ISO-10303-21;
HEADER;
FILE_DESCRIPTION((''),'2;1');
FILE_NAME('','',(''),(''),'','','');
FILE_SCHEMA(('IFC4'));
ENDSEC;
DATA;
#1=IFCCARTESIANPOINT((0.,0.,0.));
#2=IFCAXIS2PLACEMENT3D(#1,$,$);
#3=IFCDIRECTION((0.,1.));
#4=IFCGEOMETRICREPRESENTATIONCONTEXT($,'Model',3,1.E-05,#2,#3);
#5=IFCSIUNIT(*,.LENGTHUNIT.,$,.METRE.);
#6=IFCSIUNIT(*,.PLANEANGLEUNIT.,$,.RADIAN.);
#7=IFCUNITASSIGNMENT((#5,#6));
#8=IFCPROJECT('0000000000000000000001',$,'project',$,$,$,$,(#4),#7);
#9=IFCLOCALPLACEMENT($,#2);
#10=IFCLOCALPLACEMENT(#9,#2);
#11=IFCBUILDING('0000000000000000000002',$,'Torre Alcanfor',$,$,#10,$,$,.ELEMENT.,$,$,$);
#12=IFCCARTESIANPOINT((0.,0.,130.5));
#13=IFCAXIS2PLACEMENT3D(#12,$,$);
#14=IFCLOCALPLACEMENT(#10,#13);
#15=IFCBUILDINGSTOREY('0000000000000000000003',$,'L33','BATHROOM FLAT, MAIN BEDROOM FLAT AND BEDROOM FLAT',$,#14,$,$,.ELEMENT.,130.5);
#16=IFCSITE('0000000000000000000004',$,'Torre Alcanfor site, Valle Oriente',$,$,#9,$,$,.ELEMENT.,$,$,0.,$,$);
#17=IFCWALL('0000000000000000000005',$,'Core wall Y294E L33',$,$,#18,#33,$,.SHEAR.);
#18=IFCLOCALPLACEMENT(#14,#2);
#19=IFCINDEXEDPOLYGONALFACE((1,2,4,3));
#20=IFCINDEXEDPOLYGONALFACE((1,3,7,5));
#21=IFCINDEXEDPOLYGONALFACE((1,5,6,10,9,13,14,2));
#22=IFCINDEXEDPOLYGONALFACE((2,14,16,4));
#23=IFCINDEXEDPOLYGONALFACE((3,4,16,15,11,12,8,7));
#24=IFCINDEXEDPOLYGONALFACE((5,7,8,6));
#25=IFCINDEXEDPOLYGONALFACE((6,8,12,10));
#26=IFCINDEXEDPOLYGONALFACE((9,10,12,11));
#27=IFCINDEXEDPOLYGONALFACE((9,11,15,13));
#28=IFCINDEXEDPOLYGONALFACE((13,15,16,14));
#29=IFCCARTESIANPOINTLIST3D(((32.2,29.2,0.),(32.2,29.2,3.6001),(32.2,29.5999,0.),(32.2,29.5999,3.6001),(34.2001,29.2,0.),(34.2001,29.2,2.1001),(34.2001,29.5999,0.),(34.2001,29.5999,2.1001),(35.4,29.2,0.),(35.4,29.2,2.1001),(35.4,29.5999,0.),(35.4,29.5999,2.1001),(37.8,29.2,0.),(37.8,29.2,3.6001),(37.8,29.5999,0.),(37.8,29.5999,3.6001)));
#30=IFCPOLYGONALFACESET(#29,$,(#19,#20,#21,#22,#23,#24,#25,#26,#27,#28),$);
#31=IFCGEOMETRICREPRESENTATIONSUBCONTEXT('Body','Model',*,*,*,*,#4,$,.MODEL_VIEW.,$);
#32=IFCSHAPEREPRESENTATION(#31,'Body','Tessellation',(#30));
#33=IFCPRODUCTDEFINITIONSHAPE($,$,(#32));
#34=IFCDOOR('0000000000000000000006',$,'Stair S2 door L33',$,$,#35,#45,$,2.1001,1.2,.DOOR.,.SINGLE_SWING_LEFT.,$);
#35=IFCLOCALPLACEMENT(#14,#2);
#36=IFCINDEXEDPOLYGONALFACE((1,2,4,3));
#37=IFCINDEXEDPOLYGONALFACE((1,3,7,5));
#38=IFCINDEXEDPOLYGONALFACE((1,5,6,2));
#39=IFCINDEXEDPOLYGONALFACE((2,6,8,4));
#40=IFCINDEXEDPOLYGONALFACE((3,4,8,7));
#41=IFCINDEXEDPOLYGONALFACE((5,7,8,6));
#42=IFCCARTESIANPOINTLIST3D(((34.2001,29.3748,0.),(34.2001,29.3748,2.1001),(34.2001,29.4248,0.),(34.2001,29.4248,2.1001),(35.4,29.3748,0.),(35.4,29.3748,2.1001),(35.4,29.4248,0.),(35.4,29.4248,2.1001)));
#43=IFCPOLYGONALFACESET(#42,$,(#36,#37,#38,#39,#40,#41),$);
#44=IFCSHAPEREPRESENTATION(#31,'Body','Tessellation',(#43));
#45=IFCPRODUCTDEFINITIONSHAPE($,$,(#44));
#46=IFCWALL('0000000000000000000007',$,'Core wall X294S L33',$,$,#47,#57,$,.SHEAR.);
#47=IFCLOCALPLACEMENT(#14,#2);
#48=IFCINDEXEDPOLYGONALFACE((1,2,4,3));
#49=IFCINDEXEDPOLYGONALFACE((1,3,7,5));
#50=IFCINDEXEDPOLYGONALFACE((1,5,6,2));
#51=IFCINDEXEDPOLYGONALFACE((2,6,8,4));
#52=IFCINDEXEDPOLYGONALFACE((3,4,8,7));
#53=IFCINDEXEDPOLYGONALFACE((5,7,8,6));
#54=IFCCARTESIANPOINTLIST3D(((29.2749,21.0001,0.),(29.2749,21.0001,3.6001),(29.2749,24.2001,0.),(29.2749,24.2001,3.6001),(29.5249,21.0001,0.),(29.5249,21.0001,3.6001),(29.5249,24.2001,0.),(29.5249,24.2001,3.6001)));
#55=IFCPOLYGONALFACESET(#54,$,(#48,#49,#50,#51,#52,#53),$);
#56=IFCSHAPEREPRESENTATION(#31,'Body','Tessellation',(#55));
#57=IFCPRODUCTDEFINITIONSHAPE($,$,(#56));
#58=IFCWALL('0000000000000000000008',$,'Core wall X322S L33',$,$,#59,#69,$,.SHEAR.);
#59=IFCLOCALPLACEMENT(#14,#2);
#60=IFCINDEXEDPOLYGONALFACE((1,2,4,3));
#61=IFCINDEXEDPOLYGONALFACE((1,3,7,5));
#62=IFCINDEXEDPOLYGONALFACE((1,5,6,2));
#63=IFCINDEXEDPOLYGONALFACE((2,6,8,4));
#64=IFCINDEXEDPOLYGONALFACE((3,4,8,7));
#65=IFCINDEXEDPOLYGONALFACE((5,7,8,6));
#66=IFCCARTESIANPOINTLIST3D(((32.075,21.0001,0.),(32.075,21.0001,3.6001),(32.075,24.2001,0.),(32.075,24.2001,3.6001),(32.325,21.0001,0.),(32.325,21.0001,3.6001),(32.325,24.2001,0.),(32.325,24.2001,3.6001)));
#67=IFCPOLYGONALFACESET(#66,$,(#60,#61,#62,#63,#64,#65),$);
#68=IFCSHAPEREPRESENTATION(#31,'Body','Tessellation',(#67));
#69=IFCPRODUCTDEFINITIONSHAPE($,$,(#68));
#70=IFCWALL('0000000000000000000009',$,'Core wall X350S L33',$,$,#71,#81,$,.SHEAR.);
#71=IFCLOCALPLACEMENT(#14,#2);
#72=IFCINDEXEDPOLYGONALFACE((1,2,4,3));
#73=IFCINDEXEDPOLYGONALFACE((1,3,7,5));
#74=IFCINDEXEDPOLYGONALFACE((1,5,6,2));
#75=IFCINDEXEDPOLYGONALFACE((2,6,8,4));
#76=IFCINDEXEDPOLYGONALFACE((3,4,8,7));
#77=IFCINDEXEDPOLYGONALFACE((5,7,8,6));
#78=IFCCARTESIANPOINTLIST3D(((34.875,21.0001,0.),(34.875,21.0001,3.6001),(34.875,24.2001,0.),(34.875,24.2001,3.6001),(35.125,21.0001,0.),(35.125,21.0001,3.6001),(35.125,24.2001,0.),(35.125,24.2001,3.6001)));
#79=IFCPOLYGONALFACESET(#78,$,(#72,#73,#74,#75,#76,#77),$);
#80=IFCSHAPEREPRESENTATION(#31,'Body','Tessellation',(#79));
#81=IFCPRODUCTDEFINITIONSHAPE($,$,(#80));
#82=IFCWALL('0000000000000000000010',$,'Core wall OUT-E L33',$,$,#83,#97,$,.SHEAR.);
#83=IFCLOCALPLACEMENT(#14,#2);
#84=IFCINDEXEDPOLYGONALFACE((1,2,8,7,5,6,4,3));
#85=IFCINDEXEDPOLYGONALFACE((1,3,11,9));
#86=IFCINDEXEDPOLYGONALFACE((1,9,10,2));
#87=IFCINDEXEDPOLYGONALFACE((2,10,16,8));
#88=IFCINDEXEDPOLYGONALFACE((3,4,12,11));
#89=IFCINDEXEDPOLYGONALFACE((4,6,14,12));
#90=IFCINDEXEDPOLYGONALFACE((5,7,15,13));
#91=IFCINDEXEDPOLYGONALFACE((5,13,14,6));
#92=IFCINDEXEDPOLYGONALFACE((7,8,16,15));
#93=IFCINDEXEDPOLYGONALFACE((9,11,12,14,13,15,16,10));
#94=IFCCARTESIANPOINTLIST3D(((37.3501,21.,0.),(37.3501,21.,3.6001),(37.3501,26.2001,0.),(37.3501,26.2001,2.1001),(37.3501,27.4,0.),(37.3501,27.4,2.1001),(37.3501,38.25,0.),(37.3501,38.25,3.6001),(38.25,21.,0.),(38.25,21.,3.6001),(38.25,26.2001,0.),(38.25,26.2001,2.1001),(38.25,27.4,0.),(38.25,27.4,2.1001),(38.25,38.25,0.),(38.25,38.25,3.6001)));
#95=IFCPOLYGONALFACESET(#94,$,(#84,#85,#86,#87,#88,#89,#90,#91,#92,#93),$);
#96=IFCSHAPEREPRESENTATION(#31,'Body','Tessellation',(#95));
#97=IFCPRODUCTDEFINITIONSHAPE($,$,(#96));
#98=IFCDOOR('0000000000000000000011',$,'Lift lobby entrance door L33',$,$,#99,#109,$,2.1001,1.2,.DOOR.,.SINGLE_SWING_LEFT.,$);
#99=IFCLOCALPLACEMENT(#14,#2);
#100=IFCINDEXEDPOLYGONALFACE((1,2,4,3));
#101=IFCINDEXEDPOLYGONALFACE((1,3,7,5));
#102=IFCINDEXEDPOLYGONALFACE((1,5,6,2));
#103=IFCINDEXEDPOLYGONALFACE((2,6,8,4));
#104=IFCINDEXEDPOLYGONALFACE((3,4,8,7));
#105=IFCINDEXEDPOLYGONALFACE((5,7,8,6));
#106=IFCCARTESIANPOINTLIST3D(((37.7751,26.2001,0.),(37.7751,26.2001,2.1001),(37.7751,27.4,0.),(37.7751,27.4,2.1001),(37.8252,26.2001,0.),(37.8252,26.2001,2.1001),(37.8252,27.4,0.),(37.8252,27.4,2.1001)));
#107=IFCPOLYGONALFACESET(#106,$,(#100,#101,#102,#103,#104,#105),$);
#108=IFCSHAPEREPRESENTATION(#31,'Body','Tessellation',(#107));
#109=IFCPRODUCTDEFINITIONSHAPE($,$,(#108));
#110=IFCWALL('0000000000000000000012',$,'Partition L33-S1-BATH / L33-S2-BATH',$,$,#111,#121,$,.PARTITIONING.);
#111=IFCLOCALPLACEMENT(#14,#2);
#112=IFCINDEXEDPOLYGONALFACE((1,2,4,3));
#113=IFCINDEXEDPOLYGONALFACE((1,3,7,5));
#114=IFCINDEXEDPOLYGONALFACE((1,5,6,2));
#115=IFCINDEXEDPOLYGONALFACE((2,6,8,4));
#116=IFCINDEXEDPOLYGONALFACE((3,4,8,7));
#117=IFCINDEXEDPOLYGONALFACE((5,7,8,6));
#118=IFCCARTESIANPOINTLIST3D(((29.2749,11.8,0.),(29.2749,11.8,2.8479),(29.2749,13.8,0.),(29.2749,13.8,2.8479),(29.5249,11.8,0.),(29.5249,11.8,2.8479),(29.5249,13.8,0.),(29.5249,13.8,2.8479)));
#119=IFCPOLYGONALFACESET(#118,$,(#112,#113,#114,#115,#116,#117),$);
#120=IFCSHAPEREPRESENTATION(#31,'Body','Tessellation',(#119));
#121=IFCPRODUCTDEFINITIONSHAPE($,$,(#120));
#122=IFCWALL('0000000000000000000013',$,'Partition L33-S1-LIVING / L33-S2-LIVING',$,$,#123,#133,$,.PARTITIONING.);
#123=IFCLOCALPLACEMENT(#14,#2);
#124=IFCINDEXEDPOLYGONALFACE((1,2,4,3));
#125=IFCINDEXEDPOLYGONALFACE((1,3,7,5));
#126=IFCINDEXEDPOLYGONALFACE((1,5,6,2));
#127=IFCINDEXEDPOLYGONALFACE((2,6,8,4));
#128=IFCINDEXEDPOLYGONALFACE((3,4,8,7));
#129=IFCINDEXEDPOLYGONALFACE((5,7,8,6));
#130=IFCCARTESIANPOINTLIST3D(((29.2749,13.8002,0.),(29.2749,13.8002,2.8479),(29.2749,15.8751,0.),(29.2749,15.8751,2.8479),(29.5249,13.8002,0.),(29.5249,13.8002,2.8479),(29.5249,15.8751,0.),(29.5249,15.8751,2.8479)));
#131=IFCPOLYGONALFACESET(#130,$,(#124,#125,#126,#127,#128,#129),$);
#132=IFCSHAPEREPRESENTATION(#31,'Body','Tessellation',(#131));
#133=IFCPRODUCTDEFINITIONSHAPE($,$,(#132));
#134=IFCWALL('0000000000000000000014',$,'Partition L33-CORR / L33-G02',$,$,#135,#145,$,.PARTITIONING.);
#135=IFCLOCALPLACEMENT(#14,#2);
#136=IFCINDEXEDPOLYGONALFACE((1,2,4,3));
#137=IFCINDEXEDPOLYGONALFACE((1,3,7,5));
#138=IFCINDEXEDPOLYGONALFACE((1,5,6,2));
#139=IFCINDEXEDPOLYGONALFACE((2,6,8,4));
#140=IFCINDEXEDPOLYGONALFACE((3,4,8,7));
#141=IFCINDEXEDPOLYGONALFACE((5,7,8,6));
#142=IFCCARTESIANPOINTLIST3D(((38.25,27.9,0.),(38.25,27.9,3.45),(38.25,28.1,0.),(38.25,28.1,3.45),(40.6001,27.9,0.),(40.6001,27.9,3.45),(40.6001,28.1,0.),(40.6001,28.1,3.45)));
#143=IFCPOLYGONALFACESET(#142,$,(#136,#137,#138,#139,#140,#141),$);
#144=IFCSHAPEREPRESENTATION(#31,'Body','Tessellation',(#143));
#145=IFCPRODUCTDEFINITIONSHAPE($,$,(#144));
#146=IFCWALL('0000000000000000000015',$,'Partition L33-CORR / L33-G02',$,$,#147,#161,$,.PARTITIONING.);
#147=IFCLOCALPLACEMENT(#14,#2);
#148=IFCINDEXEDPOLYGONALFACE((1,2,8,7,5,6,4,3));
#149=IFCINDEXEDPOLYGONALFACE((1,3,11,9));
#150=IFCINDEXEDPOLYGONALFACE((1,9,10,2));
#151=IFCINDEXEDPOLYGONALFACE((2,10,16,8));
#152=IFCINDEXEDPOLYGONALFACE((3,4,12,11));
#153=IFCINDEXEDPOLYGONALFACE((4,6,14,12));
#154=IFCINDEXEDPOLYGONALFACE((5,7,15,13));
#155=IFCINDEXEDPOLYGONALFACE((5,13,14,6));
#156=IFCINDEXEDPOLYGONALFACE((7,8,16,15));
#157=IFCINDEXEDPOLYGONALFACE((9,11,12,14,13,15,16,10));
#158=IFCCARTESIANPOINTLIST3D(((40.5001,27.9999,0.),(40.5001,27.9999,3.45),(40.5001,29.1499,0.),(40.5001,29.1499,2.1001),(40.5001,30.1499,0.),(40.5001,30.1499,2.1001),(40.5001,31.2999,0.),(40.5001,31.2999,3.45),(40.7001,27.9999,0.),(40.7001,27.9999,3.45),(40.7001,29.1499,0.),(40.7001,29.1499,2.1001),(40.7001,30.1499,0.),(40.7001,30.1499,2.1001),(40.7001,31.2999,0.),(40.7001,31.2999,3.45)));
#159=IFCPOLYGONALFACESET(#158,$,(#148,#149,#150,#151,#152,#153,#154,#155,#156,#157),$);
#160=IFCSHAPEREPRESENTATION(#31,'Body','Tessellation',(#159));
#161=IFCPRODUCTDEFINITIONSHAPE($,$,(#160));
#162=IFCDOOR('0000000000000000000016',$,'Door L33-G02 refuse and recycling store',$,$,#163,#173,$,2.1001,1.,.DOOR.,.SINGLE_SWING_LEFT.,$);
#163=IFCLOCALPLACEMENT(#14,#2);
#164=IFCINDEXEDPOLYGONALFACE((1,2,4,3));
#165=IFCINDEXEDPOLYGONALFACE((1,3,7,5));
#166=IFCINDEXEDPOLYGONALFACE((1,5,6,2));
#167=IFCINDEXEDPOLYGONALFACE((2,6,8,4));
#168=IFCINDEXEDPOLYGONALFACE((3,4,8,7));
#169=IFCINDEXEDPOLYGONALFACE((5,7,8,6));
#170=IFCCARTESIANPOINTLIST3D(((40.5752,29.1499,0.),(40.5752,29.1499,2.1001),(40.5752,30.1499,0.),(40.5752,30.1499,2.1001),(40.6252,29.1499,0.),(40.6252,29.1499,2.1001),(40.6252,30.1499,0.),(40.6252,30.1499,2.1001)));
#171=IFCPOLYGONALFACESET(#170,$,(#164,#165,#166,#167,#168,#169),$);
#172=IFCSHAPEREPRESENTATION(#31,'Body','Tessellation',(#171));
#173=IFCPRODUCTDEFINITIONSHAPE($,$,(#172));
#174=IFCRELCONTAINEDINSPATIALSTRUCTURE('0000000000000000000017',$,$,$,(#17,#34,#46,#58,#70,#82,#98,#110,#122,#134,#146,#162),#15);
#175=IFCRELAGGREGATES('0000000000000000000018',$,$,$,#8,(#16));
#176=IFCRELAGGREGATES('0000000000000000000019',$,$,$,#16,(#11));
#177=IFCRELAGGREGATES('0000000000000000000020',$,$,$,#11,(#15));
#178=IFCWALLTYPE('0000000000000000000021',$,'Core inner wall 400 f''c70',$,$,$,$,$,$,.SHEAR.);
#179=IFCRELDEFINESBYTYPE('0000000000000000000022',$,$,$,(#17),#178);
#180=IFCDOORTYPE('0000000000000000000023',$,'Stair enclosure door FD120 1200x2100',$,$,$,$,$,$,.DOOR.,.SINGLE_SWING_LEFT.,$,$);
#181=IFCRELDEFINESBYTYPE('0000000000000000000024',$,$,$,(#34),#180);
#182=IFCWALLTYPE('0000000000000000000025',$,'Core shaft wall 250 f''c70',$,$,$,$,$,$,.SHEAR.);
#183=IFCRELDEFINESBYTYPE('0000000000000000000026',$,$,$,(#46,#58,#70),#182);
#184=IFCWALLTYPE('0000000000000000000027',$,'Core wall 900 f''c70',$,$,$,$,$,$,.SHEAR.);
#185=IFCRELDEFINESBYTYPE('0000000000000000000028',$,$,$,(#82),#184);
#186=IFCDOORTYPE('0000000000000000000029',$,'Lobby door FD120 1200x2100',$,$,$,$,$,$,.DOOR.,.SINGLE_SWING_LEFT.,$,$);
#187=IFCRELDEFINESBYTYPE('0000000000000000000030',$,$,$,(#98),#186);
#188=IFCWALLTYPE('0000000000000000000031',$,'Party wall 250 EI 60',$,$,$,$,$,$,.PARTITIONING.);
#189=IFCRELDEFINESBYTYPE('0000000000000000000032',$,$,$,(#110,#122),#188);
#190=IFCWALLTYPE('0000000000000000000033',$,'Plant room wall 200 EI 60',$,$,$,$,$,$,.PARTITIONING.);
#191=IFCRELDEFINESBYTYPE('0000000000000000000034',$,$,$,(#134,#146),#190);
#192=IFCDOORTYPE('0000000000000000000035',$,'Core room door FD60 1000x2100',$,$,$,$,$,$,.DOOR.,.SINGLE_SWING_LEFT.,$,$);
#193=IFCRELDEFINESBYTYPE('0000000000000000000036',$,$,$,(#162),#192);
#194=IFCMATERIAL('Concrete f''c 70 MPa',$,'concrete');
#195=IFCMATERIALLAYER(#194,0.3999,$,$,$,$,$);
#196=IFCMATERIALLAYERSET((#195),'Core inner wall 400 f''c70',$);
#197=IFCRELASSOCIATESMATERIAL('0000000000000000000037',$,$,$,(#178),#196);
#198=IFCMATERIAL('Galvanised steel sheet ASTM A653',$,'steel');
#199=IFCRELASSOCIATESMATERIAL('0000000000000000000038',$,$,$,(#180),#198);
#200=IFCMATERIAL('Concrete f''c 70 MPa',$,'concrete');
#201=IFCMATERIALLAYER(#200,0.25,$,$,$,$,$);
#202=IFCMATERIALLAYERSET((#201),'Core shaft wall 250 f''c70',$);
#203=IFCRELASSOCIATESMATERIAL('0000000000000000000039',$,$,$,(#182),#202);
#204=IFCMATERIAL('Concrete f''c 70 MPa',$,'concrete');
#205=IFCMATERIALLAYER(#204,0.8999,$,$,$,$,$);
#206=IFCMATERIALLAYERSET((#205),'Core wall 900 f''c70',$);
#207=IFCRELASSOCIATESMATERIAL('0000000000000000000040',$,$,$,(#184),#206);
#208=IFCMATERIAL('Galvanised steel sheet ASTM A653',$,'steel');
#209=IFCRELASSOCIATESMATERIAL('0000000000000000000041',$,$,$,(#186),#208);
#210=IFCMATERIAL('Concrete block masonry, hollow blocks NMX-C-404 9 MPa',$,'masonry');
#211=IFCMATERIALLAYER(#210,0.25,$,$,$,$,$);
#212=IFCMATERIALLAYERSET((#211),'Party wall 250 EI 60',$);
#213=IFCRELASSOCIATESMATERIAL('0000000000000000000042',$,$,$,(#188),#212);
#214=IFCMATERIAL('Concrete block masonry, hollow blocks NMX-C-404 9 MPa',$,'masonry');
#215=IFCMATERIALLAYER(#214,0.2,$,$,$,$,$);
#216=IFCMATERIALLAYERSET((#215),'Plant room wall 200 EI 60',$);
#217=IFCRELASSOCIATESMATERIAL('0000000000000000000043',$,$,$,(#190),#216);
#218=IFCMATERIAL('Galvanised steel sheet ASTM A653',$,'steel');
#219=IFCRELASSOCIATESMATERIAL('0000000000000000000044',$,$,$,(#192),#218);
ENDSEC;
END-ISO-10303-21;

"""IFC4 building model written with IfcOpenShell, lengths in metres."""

from ifc_helpers import new_model, si_unit, direction, frame, frame_2d, origin, place, context, subcontext, project, spatial, rectangle, extrude, material, layer, layer_set, type_object, element, fill, save


model = new_model("IFC4")

# Units and contexts
model_context = context("Model", 3, precision=1e-05, world=origin(), true_north=direction((0.0, 1.0)))
body_context = subcontext(model_context, "Body", "Model", "MODEL_VIEW")
ifc_project = project(units=[si_unit("LENGTHUNIT", "METRE"), si_unit("PLANEANGLEUNIT", "RADIAN")], contexts=[model_context])

# Site, building, storey
site_placement = place(None, origin())
site = spatial("IfcSite", under=ifc_project, at=site_placement, Name="Torre Alcanfor site, Valle Oriente", CompositionType="ELEMENT", RefElevation=0.0)
building_placement = place(site_placement, origin())
building = spatial("IfcBuilding", under=site, at=building_placement, Name="Torre Alcanfor", CompositionType="ELEMENT")
storey_placement = place(building_placement, frame((0.0, 0.0, 130.5)))
storey = spatial("IfcBuildingStorey", under=building, at=storey_placement, Name="L33", Description="BATHROOM FLAT, MAIN BEDROOM FLAT AND BEDROOM FLAT", CompositionType="ELEMENT", Elevation=130.5)

# Shared definitions
ifc_material_1 = material(Name="Concrete f'c 70 MPa", Category="concrete")
ifc_layer_1 = layer(ifc_material_1, 0.3999)
ifc_layer_set_1 = layer_set([ifc_layer_1], Name="Core inner wall 400 f'c70")
wall_type_1 = type_object("IfcWallType", Name="Core inner wall 400 f'c70", PredefinedType="SHEAR", material=ifc_layer_set_1)

# Wall, opening, door
wall_1_placement = place(storey_placement, frame((32.2, 29.3999, 0.0), z_axis=(0.0, 0.0, 1.0), x_axis=(1.0, 0.0, 0.0)))
wall_1 = element("IfcWall", 1, at=wall_1_placement, inside=storey, type_object=wall_type_1, Name="Core wall Y294E L33", PredefinedType="SHEAR", context=body_context, shape_type="SweptSolid", body=[
    extrude(rectangle(XDim=5.6001, YDim=0.3999, at=frame_2d((2.8, 0.0))), origin(), (0.0, 0.0, 1.0), 3.6001),
])
opening_1_placement = place(wall_1_placement, frame((2.0, 0.0, 0.0)))
opening_1 = element("IfcOpeningElement", 2, at=opening_1_placement, cuts=wall_1, PredefinedType="OPENING", context=body_context, shape_type="SweptSolid", body=[
    extrude(rectangle(XDim=1.2, YDim=2.1001, at=frame_2d((0.6001, 1.05))), frame((0.0, 0.21, 0.0), z_axis=(0.0, -1.0, 0.0), x_axis=(1.0, 0.0, 0.0)), (0.0, 0.0, 1.0), 0.4199),
])
ifc_material_2 = material(Name="Galvanised steel sheet ASTM A653", Category="steel")
door_type_1 = type_object("IfcDoorType", Name="Stair enclosure door FD120 1200x2100", OperationType="SINGLE_SWING_LEFT", PredefinedType="DOOR", material=ifc_material_2)
door_1_placement = place(opening_1_placement, origin())
door_1 = element("IfcDoor", 3, at=door_1_placement, inside=storey, type_object=door_type_1, Name="Stair S2 door L33", OperationType="SINGLE_SWING_LEFT", OverallHeight=2.1001, OverallWidth=1.2, PredefinedType="DOOR", context=body_context, shape_type="SweptSolid", body=[
    extrude(rectangle(XDim=1.2, YDim=2.1001, at=frame_2d((0.6001, 1.05))), frame((0.0, 0.0249, 0.0), z_axis=(0.0, -1.0, 0.0), x_axis=(1.0, 0.0, 0.0)), (0.0, 0.0, 1.0), 0.05),
])
fill(opening_1, door_1)

# Walls
ifc_material_3 = material(Name="Concrete f'c 70 MPa", Category="concrete")
ifc_layer_2 = layer(ifc_material_3, 0.25)
ifc_layer_set_2 = layer_set([ifc_layer_2], Name="Core shaft wall 250 f'c70")
wall_type_2 = type_object("IfcWallType", Name="Core shaft wall 250 f'c70", PredefinedType="SHEAR", material=ifc_layer_set_2)
for number, where, z_axis, x_axis, name in (
    (4, (29.3999, 21.0, 0.0), (0.0, 0.0, 1.0), (0.0, 1.0, 0.0), "Core wall X294S L33"),
    (5, (32.2, 21.0, 0.0), (0.0, 0.0, 1.0), (0.0, 1.0, 0.0), "Core wall X322S L33"),
    (6, (35.0, 21.0, 0.0), (0.0, 0.0, 1.0), (0.0, 1.0, 0.0), "Core wall X350S L33"),
):
    element("IfcWall", number, at=place(storey_placement, frame(where, z_axis=z_axis, x_axis=x_axis)), inside=storey, type_object=wall_type_2, Name=name, PredefinedType="SHEAR", context=body_context, shape_type="SweptSolid", body=[
        extrude(rectangle(XDim=3.2, YDim=0.25, at=frame_2d((1.6001, 0.0))), origin(), (0.0, 0.0, 1.0), 3.6001),
    ])

# Wall, opening, door
ifc_material_4 = material(Name="Concrete f'c 70 MPa", Category="concrete")
ifc_layer_3 = layer(ifc_material_4, 0.8999)
ifc_layer_set_3 = layer_set([ifc_layer_3], Name="Core wall 900 f'c70")
wall_type_3 = type_object("IfcWallType", Name="Core wall 900 f'c70", PredefinedType="SHEAR", material=ifc_layer_set_3)
wall_2_placement = place(storey_placement, frame((37.8, 21.0, 0.0), z_axis=(0.0, 0.0, 1.0), x_axis=(0.0, 1.0, 0.0)))
wall_2 = element("IfcWall", 7, at=wall_2_placement, inside=storey, type_object=wall_type_3, Name="Core wall OUT-E L33", PredefinedType="SHEAR", context=body_context, shape_type="SweptSolid", body=[
    extrude(rectangle(XDim=17.25, YDim=0.8999, at=frame_2d((8.625, 0.0))), origin(), (0.0, 0.0, 1.0), 3.6001),
])
opening_2_placement = place(wall_2_placement, frame((5.2, 0.0, 0.0)))
opening_2 = element("IfcOpeningElement", 8, at=opening_2_placement, cuts=wall_2, PredefinedType="OPENING", context=body_context, shape_type="SweptSolid", body=[
    extrude(rectangle(XDim=1.2, YDim=2.1001, at=frame_2d((0.6001, 1.05))), frame((0.0, 0.46, 0.0), z_axis=(0.0, -1.0, 0.0), x_axis=(1.0, 0.0, 0.0)), (0.0, 0.0, 1.0), 0.9199),
])
ifc_material_5 = material(Name="Galvanised steel sheet ASTM A653", Category="steel")
door_type_2 = type_object("IfcDoorType", Name="Lobby door FD120 1200x2100", OperationType="SINGLE_SWING_LEFT", PredefinedType="DOOR", material=ifc_material_5)
door_2_placement = place(opening_2_placement, origin())
door_2 = element("IfcDoor", 9, at=door_2_placement, inside=storey, type_object=door_type_2, Name="Lift lobby entrance door L33", OperationType="SINGLE_SWING_LEFT", OverallHeight=2.1001, OverallWidth=1.2, PredefinedType="DOOR", context=body_context, shape_type="SweptSolid", body=[
    extrude(rectangle(XDim=1.2, YDim=2.1001, at=frame_2d((0.6001, 1.05))), frame((0.0, 0.0249, 0.0), z_axis=(0.0, -1.0, 0.0), x_axis=(1.0, 0.0, 0.0)), (0.0, 0.0, 1.0), 0.05),
])
fill(opening_2, door_2)

# Walls
ifc_material_6 = material(Name="Concrete block masonry, hollow blocks NMX-C-404 9 MPa", Category="masonry")
ifc_layer_4 = layer(ifc_material_6, 0.25)
ifc_layer_set_4 = layer_set([ifc_layer_4], Name="Party wall 250 EI 60")
wall_type_4 = type_object("IfcWallType", Name="Party wall 250 EI 60", PredefinedType="PARTITIONING", material=ifc_layer_set_4)
wall_3_placement = place(storey_placement, frame((29.3999, 13.8, 0.0), z_axis=(0.0, 0.0, 1.0), x_axis=(0.0, -1.0, 0.0)))
element("IfcWall", 10, at=wall_3_placement, inside=storey, type_object=wall_type_4, Name="Partition L33-S1-BATH / L33-S2-BATH", PredefinedType="PARTITIONING", context=body_context, shape_type="SweptSolid", body=[
    extrude(rectangle(XDim=2.0, YDim=0.25, at=frame_2d((1.0, 0.0))), origin(), (0.0, 0.0, 1.0), 2.8479),
])
wall_4_placement = place(storey_placement, frame((29.3999, 13.8, 0.0), z_axis=(0.0, 0.0, 1.0), x_axis=(0.0, 1.0, 0.0)))
element("IfcWall", 11, at=wall_4_placement, inside=storey, type_object=wall_type_4, Name="Partition L33-S1-LIVING / L33-S2-LIVING", PredefinedType="PARTITIONING", context=body_context, shape_type="SweptSolid", body=[
    extrude(rectangle(XDim=2.075, YDim=0.25, at=frame_2d((1.0376, 0.0))), origin(), (0.0, 0.0, 1.0), 2.8479),
])
ifc_material_7 = material(Name="Concrete block masonry, hollow blocks NMX-C-404 9 MPa", Category="masonry")
ifc_layer_5 = layer(ifc_material_7, 0.2)
ifc_layer_set_5 = layer_set([ifc_layer_5], Name="Plant room wall 200 EI 60")
wall_type_5 = type_object("IfcWallType", Name="Plant room wall 200 EI 60", PredefinedType="PARTITIONING", material=ifc_layer_set_5)
wall_5_placement = place(storey_placement, frame((38.25, 28.0, 0.0), z_axis=(0.0, 0.0, 1.0), x_axis=(1.0, 0.0, 0.0)))
element("IfcWall", 12, at=wall_5_placement, inside=storey, type_object=wall_type_5, Name="Partition L33-CORR / L33-G02", PredefinedType="PARTITIONING", context=body_context, shape_type="SweptSolid", body=[
    extrude(rectangle(XDim=2.3501, YDim=0.2, at=frame_2d((1.175, 0.0))), origin(), (0.0, 0.0, 1.0), 3.45),
])

# Wall, opening, door
wall_6_placement = place(storey_placement, frame((40.6001, 28.0, 0.0), z_axis=(0.0, 0.0, 1.0), x_axis=(0.0, 1.0, 0.0)))
wall_6 = element("IfcWall", 13, at=wall_6_placement, inside=storey, type_object=wall_type_5, Name="Partition L33-CORR / L33-G02", PredefinedType="PARTITIONING", context=body_context, shape_type="SweptSolid", body=[
    extrude(rectangle(XDim=3.3, YDim=0.2, at=frame_2d((1.6499, 0.0))), origin(), (0.0, 0.0, 1.0), 3.45),
])
opening_3_placement = place(wall_6_placement, frame((1.1499, 0.0, 0.0)))
opening_3 = element("IfcOpeningElement", 14, at=opening_3_placement, cuts=wall_6, PredefinedType="OPENING", context=body_context, shape_type="SweptSolid", body=[
    extrude(rectangle(XDim=1.0, YDim=2.1001, at=frame_2d((0.5, 1.05))), frame((0.0, 0.1099, 0.0), z_axis=(0.0, -1.0, 0.0), x_axis=(1.0, 0.0, 0.0)), (0.0, 0.0, 1.0), 0.22),
])
ifc_material_8 = material(Name="Galvanised steel sheet ASTM A653", Category="steel")
door_type_3 = type_object("IfcDoorType", Name="Core room door FD60 1000x2100", OperationType="SINGLE_SWING_LEFT", PredefinedType="DOOR", material=ifc_material_8)
door_3_placement = place(opening_3_placement, origin())
door_3 = element("IfcDoor", 15, at=door_3_placement, inside=storey, type_object=door_type_3, Name="Door L33-G02 refuse and recycling store", OperationType="SINGLE_SWING_LEFT", OverallHeight=2.1001, OverallWidth=1.0, PredefinedType="DOOR", context=body_context, shape_type="SweptSolid", body=[
    extrude(rectangle(XDim=1.0, YDim=2.1001, at=frame_2d((0.5, 1.05))), frame((0.0, 0.0249, 0.0), z_axis=(0.0, -1.0, 0.0), x_axis=(1.0, 0.0, 0.0)), (0.0, 0.0, 1.0), 0.05),
])
fill(opening_3, door_3)

save(model, "model.ifc")
